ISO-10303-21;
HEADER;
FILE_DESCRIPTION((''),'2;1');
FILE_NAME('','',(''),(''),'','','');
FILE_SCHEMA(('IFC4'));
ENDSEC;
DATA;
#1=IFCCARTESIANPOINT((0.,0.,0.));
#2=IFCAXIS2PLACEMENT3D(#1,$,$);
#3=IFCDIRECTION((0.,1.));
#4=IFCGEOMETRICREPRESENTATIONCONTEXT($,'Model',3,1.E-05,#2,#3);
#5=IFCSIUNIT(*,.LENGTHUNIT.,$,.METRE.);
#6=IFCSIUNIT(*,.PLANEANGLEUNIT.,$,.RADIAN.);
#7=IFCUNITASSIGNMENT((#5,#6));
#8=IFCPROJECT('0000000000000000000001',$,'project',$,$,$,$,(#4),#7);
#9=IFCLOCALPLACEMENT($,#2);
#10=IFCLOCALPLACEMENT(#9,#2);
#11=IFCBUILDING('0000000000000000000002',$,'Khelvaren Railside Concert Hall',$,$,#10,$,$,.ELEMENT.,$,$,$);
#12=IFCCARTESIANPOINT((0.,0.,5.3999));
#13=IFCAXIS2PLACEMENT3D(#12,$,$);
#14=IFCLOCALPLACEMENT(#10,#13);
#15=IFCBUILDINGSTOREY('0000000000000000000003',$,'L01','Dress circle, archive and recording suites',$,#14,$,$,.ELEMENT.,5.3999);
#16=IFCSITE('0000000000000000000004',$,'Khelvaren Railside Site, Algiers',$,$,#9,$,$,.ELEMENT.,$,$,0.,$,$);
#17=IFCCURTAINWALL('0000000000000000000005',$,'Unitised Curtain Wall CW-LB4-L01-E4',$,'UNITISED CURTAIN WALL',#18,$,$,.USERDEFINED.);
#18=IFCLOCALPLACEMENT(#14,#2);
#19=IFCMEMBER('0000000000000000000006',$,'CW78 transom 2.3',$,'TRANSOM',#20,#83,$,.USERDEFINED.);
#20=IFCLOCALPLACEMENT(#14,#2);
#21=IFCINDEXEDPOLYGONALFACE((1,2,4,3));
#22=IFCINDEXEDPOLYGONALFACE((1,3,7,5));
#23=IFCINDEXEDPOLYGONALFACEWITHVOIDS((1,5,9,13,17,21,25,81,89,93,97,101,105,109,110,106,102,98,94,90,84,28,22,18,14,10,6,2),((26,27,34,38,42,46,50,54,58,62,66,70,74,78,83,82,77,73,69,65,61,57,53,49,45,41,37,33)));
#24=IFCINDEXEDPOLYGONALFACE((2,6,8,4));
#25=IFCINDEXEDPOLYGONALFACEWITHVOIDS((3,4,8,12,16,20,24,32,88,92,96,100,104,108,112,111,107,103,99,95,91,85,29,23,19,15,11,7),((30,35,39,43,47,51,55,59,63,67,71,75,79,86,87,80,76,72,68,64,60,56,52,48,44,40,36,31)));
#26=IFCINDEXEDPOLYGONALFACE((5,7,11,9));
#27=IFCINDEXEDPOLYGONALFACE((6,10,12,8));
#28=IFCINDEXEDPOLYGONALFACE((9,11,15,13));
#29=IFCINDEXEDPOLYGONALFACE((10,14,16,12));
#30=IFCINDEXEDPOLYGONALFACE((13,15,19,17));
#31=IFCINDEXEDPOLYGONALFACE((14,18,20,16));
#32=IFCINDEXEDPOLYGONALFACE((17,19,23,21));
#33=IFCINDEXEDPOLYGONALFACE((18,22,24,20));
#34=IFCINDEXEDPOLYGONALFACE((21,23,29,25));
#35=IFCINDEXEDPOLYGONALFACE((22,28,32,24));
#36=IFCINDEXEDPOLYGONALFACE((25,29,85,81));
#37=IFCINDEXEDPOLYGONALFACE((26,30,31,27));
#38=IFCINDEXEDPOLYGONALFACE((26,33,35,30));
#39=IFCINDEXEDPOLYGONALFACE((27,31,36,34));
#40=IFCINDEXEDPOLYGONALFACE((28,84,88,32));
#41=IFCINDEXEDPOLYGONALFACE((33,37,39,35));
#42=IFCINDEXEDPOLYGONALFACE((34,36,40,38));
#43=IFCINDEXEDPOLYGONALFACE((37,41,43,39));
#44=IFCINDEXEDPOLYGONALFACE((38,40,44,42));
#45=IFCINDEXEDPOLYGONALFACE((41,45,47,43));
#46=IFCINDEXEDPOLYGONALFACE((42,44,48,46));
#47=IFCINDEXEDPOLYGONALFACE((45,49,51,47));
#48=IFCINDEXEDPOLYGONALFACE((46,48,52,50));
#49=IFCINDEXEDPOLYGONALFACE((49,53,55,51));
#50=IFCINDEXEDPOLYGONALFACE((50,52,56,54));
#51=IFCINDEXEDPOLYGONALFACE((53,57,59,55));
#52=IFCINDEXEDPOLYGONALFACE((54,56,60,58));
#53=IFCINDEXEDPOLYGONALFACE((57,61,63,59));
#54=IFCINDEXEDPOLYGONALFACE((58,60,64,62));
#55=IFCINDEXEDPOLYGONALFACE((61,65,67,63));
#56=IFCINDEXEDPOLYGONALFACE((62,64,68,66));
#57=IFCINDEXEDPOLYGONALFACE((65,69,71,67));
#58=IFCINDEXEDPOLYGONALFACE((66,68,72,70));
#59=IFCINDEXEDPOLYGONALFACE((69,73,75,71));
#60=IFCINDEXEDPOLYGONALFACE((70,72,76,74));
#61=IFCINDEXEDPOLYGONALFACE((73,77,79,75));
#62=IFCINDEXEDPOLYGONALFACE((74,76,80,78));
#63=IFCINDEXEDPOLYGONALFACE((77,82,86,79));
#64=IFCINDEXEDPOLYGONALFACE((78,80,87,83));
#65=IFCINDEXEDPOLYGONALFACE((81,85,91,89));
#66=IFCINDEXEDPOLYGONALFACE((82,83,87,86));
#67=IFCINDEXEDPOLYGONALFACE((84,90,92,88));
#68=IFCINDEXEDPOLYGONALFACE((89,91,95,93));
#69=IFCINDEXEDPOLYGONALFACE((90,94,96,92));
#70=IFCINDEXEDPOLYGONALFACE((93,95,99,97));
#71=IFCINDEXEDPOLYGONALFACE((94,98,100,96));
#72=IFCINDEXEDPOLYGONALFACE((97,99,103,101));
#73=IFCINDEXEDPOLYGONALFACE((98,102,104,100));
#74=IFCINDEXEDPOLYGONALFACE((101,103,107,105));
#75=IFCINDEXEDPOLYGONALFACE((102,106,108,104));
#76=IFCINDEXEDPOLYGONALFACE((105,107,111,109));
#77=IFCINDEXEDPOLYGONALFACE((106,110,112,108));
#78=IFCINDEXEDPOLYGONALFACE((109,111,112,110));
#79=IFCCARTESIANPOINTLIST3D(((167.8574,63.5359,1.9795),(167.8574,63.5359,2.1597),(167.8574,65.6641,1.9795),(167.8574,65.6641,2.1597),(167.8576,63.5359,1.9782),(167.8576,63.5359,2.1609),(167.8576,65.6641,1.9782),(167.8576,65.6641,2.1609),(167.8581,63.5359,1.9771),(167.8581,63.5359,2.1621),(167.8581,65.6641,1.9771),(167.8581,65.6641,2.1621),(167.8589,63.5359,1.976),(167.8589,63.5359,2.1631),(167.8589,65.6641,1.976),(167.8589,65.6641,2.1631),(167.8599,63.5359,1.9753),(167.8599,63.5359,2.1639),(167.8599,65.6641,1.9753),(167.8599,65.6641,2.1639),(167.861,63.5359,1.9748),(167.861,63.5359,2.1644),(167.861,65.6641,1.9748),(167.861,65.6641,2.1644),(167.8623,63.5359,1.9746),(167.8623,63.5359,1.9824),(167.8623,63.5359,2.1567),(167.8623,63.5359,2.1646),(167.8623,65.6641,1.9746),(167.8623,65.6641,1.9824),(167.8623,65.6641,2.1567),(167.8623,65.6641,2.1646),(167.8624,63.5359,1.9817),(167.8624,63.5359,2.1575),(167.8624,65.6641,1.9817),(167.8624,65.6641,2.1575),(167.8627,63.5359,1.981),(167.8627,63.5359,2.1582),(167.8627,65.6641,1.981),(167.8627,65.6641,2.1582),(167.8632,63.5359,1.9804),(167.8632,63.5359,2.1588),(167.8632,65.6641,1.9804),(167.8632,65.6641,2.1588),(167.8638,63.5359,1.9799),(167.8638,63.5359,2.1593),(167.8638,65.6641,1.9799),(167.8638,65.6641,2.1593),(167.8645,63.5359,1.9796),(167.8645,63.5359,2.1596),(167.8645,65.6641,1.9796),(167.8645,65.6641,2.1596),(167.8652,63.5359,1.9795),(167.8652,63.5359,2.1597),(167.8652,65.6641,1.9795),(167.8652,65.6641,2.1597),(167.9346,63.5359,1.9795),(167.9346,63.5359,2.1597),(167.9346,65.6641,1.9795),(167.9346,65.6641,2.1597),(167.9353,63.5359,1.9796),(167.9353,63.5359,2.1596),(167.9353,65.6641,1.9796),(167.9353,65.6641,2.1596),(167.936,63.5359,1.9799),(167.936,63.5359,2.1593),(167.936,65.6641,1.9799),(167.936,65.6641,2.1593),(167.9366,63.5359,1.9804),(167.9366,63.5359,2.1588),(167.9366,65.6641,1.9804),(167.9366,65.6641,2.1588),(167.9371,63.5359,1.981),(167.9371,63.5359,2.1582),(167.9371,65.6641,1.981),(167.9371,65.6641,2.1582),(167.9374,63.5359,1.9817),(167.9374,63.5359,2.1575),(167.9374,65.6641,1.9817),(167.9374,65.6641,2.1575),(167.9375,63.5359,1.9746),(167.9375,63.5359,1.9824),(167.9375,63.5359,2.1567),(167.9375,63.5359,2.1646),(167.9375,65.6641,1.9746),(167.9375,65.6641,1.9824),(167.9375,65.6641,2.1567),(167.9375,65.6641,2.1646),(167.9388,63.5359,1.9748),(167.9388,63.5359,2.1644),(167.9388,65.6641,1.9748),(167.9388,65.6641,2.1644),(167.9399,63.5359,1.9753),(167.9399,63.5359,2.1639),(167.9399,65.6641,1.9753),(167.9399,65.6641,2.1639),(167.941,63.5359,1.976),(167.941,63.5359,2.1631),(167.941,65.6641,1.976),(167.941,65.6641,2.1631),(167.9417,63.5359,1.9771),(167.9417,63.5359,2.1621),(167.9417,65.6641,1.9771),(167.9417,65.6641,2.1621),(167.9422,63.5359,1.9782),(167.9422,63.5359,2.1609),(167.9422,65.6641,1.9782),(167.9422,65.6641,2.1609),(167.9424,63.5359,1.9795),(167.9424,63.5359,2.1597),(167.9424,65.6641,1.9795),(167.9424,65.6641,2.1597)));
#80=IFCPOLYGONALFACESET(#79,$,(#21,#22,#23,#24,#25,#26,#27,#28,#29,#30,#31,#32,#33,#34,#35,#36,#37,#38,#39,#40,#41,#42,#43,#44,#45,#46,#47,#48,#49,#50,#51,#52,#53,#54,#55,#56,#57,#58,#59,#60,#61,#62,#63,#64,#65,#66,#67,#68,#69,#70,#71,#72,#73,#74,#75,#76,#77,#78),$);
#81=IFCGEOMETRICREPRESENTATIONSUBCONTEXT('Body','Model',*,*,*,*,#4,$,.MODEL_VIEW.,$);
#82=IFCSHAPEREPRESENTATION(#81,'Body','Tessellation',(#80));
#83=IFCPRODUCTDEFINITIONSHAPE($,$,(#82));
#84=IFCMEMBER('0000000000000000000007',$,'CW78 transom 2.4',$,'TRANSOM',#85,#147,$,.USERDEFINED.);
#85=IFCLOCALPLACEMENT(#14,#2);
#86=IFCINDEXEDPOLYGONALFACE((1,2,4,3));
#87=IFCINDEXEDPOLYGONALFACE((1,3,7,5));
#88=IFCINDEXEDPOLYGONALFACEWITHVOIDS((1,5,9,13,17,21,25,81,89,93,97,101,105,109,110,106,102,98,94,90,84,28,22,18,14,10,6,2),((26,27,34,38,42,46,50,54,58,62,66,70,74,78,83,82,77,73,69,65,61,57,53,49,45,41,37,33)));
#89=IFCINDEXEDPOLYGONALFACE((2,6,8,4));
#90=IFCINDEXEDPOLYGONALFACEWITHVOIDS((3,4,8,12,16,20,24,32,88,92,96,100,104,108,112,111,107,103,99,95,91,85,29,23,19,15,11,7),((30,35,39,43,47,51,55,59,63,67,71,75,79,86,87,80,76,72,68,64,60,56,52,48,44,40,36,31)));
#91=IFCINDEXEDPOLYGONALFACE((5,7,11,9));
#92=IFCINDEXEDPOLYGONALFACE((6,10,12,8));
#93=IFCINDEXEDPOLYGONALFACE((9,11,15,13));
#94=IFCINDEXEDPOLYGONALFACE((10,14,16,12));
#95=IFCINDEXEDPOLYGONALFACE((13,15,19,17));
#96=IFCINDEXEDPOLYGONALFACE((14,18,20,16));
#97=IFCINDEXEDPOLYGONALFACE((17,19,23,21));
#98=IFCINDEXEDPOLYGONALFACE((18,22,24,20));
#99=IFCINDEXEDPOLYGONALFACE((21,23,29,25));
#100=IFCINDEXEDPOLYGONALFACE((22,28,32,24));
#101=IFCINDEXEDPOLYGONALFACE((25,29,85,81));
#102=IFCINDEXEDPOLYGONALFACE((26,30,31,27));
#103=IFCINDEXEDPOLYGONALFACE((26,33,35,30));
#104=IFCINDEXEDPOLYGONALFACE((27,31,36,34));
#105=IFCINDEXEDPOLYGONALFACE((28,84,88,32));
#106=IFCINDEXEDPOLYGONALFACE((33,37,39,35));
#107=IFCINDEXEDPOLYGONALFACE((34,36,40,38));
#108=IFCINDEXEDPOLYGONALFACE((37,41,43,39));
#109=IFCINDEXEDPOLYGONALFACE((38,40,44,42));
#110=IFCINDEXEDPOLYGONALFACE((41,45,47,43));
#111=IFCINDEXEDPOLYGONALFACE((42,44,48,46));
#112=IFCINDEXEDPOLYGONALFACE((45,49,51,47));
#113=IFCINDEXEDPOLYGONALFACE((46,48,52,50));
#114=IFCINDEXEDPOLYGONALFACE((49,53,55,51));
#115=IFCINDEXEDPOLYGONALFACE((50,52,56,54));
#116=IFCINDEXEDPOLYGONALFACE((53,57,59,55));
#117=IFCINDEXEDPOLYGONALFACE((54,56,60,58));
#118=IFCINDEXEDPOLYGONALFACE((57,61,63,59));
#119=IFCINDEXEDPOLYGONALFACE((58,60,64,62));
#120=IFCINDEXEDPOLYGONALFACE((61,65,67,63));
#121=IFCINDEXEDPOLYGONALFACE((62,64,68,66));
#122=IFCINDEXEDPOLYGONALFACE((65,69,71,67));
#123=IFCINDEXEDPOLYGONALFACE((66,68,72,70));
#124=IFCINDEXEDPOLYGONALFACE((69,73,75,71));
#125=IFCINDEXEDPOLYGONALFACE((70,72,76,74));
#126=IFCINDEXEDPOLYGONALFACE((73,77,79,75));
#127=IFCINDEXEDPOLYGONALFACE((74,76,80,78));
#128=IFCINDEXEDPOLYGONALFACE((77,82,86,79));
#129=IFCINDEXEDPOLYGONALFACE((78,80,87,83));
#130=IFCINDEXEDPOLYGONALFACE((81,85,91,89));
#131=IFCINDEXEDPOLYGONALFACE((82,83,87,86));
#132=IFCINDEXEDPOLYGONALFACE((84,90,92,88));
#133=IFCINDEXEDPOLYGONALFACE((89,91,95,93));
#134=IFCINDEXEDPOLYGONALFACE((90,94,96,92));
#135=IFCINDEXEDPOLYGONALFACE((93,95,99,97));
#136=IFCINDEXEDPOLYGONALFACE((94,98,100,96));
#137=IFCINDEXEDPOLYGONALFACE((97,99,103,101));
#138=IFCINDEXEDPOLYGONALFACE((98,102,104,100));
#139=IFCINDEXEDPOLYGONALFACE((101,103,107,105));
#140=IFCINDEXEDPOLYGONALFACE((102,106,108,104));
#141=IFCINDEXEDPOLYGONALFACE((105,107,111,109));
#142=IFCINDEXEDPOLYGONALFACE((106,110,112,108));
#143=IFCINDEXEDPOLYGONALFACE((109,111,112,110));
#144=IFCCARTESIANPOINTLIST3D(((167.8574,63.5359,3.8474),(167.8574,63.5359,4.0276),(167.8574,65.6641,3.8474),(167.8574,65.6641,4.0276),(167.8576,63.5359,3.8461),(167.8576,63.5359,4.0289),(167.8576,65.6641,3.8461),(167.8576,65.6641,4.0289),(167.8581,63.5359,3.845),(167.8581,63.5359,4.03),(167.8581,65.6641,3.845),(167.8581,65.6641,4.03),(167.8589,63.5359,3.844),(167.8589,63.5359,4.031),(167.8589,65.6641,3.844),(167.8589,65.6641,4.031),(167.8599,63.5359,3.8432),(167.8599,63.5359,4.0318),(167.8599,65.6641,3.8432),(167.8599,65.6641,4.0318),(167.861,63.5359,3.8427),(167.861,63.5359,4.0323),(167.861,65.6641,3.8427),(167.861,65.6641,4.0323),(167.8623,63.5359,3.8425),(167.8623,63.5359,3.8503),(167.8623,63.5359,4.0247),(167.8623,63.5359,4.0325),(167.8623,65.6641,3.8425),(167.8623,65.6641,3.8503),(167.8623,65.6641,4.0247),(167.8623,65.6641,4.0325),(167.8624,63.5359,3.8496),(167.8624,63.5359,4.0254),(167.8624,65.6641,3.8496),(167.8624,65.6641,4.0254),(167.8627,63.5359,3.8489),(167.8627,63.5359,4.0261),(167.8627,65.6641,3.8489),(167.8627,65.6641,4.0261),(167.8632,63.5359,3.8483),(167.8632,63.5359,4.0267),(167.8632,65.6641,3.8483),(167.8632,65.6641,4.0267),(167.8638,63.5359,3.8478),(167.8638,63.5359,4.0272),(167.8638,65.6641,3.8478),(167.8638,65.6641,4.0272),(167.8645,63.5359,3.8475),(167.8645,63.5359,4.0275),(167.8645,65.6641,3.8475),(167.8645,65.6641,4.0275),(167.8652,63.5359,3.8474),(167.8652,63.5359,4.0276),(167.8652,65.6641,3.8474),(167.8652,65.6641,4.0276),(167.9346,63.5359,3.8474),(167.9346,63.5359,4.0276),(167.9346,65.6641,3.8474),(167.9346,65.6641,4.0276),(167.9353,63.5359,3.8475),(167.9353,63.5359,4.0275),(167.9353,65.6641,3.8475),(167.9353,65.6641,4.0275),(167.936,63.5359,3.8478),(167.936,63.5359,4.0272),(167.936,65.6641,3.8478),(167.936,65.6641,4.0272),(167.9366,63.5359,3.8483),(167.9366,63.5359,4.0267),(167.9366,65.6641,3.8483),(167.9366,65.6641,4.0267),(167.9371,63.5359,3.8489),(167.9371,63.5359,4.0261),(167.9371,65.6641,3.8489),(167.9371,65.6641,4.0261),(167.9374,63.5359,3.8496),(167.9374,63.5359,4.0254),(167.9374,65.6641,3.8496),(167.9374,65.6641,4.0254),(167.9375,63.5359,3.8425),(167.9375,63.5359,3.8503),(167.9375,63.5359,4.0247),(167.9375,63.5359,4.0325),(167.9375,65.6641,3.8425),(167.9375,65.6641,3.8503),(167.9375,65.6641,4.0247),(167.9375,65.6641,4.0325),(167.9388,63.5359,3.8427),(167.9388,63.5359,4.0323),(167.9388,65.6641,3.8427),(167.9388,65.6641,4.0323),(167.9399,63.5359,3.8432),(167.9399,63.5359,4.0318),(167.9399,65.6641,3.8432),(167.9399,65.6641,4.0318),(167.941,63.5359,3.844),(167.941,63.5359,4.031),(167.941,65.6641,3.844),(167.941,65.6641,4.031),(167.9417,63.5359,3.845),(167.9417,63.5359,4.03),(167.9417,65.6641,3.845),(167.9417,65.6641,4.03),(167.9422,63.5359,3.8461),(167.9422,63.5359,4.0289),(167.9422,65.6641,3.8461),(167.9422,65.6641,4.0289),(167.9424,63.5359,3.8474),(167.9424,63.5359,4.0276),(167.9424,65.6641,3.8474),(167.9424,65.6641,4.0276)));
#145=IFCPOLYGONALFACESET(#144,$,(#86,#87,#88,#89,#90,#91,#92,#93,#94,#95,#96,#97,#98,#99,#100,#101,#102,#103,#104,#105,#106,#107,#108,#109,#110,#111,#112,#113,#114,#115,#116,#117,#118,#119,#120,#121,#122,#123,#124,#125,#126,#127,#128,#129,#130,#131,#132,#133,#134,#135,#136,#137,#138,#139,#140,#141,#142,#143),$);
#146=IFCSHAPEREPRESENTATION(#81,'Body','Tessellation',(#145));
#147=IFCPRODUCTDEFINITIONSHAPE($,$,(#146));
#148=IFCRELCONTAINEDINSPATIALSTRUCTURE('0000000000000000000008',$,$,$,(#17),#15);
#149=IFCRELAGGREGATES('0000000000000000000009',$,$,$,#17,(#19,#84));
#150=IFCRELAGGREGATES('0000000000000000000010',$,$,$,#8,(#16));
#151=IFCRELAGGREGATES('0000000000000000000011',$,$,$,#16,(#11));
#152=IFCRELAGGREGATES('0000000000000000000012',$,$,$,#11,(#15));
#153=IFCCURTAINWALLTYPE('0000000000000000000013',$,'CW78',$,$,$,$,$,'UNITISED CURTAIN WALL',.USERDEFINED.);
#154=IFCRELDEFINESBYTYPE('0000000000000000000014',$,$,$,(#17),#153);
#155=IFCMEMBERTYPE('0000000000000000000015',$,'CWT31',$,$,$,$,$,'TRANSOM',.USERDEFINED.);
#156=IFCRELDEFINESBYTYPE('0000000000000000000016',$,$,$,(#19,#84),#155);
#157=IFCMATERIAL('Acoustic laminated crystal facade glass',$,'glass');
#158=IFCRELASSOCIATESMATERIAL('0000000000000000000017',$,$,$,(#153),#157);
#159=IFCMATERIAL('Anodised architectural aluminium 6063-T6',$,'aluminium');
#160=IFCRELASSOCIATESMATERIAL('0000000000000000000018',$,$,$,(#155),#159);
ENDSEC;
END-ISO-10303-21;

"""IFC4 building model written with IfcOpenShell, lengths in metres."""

from ifc_helpers import new_model, si_unit, direction, frame, origin, origin_2d, place, context, subcontext, project, spatial, hollow_rectangle, extrude, material, material_profile, profile_set, type_object, element, aggregate, save


model = new_model("IFC4")

# Units and contexts
model_context = context("Model", 3, precision=1e-05, world=origin(), true_north=direction((0.0, 1.0)))
body_context = subcontext(model_context, "Body", "Model", "MODEL_VIEW")
ifc_project = project(units=[si_unit("LENGTHUNIT", "METRE"), si_unit("PLANEANGLEUNIT", "RADIAN")], contexts=[model_context])

# Site, building, storey
site_placement = place(None, origin())
site = spatial("IfcSite", under=ifc_project, at=site_placement, Name="Khelvaren Railside Site, Algiers", CompositionType="ELEMENT", RefElevation=0.0)
building_placement = place(site_placement, origin())
building = spatial("IfcBuilding", under=site, at=building_placement, Name="Khelvaren Railside Concert Hall", CompositionType="ELEMENT")
storey_placement = place(building_placement, frame((0.0, 0.0, 5.3999)))
storey = spatial("IfcBuildingStorey", under=building, at=storey_placement, Name="L01", Description="Dress circle, archive and recording suites", CompositionType="ELEMENT", Elevation=5.3999)

# Curtain wall
ifc_material_1 = material(Name="Acoustic laminated crystal facade glass", Category="glass")
curtain_wall_type = type_object("IfcCurtainWallType", Name="CW78", ElementType="UNITISED CURTAIN WALL", PredefinedType="USERDEFINED", material=ifc_material_1)
curtain_wall_1_placement = place(storey_placement, origin())
curtain_wall_1 = element("IfcCurtainWall", 1, at=curtain_wall_1_placement, inside=storey, type_object=curtain_wall_type, Name="Unitised Curtain Wall CW-LB4-L01-E4", ObjectType="UNITISED CURTAIN WALL", PredefinedType="USERDEFINED")
ifc_material_2 = material(Name="Anodised architectural aluminium 6063-T6", Category="aluminium")

# Members
ifc_material_profile_1 = material_profile(ifc_material_2, hollow_rectangle(XDim=0.085, YDim=0.1899, WallThickness=0.0049, InnerFilletRadius=0.0029, OuterFilletRadius=0.0049, at=origin_2d()), Name="CWT 85x190x5")
ifc_profile_set_1 = profile_set([ifc_material_profile_1], Name="Anodised architectural aluminium 6063-T6")
member_type_1 = type_object("IfcMemberType", Name="CWT31", ElementType="TRANSOM", PredefinedType="USERDEFINED", material=ifc_profile_set_1)
member_1_placement = place(storey_placement, frame((167.8999, 65.6641, 2.0696), z_axis=(0.0, -1.0, 0.0), x_axis=(1.0, 0.0, 0.0)))
member_1 = element("IfcMember", 2, at=member_1_placement, type_object=member_type_1, Name="CW78 transom 2.3", ObjectType="TRANSOM", PredefinedType="USERDEFINED", context=body_context, shape_type="SweptSolid", body=[
    extrude(hollow_rectangle(XDim=0.085, YDim=0.1899, WallThickness=0.0049, InnerFilletRadius=0.0029, OuterFilletRadius=0.0049, at=origin_2d()), origin(), (0.0, 0.0, 1.0), 2.1282),
])
member_2_placement = place(storey_placement, frame((167.8999, 65.6641, 3.9375), z_axis=(0.0, -1.0, 0.0), x_axis=(1.0, 0.0, 0.0)))
member_2 = element("IfcMember", 3, at=member_2_placement, type_object=member_type_1, Name="CW78 transom 2.4", ObjectType="TRANSOM", PredefinedType="USERDEFINED", context=body_context, shape_type="SweptSolid", body=[
    extrude(hollow_rectangle(XDim=0.085, YDim=0.1899, WallThickness=0.0049, InnerFilletRadius=0.0029, OuterFilletRadius=0.0049, at=origin_2d()), origin(), (0.0, 0.0, 1.0), 2.1282),
])

aggregate(curtain_wall_1, [member_1, member_2])

save(model, "model.ifc")
